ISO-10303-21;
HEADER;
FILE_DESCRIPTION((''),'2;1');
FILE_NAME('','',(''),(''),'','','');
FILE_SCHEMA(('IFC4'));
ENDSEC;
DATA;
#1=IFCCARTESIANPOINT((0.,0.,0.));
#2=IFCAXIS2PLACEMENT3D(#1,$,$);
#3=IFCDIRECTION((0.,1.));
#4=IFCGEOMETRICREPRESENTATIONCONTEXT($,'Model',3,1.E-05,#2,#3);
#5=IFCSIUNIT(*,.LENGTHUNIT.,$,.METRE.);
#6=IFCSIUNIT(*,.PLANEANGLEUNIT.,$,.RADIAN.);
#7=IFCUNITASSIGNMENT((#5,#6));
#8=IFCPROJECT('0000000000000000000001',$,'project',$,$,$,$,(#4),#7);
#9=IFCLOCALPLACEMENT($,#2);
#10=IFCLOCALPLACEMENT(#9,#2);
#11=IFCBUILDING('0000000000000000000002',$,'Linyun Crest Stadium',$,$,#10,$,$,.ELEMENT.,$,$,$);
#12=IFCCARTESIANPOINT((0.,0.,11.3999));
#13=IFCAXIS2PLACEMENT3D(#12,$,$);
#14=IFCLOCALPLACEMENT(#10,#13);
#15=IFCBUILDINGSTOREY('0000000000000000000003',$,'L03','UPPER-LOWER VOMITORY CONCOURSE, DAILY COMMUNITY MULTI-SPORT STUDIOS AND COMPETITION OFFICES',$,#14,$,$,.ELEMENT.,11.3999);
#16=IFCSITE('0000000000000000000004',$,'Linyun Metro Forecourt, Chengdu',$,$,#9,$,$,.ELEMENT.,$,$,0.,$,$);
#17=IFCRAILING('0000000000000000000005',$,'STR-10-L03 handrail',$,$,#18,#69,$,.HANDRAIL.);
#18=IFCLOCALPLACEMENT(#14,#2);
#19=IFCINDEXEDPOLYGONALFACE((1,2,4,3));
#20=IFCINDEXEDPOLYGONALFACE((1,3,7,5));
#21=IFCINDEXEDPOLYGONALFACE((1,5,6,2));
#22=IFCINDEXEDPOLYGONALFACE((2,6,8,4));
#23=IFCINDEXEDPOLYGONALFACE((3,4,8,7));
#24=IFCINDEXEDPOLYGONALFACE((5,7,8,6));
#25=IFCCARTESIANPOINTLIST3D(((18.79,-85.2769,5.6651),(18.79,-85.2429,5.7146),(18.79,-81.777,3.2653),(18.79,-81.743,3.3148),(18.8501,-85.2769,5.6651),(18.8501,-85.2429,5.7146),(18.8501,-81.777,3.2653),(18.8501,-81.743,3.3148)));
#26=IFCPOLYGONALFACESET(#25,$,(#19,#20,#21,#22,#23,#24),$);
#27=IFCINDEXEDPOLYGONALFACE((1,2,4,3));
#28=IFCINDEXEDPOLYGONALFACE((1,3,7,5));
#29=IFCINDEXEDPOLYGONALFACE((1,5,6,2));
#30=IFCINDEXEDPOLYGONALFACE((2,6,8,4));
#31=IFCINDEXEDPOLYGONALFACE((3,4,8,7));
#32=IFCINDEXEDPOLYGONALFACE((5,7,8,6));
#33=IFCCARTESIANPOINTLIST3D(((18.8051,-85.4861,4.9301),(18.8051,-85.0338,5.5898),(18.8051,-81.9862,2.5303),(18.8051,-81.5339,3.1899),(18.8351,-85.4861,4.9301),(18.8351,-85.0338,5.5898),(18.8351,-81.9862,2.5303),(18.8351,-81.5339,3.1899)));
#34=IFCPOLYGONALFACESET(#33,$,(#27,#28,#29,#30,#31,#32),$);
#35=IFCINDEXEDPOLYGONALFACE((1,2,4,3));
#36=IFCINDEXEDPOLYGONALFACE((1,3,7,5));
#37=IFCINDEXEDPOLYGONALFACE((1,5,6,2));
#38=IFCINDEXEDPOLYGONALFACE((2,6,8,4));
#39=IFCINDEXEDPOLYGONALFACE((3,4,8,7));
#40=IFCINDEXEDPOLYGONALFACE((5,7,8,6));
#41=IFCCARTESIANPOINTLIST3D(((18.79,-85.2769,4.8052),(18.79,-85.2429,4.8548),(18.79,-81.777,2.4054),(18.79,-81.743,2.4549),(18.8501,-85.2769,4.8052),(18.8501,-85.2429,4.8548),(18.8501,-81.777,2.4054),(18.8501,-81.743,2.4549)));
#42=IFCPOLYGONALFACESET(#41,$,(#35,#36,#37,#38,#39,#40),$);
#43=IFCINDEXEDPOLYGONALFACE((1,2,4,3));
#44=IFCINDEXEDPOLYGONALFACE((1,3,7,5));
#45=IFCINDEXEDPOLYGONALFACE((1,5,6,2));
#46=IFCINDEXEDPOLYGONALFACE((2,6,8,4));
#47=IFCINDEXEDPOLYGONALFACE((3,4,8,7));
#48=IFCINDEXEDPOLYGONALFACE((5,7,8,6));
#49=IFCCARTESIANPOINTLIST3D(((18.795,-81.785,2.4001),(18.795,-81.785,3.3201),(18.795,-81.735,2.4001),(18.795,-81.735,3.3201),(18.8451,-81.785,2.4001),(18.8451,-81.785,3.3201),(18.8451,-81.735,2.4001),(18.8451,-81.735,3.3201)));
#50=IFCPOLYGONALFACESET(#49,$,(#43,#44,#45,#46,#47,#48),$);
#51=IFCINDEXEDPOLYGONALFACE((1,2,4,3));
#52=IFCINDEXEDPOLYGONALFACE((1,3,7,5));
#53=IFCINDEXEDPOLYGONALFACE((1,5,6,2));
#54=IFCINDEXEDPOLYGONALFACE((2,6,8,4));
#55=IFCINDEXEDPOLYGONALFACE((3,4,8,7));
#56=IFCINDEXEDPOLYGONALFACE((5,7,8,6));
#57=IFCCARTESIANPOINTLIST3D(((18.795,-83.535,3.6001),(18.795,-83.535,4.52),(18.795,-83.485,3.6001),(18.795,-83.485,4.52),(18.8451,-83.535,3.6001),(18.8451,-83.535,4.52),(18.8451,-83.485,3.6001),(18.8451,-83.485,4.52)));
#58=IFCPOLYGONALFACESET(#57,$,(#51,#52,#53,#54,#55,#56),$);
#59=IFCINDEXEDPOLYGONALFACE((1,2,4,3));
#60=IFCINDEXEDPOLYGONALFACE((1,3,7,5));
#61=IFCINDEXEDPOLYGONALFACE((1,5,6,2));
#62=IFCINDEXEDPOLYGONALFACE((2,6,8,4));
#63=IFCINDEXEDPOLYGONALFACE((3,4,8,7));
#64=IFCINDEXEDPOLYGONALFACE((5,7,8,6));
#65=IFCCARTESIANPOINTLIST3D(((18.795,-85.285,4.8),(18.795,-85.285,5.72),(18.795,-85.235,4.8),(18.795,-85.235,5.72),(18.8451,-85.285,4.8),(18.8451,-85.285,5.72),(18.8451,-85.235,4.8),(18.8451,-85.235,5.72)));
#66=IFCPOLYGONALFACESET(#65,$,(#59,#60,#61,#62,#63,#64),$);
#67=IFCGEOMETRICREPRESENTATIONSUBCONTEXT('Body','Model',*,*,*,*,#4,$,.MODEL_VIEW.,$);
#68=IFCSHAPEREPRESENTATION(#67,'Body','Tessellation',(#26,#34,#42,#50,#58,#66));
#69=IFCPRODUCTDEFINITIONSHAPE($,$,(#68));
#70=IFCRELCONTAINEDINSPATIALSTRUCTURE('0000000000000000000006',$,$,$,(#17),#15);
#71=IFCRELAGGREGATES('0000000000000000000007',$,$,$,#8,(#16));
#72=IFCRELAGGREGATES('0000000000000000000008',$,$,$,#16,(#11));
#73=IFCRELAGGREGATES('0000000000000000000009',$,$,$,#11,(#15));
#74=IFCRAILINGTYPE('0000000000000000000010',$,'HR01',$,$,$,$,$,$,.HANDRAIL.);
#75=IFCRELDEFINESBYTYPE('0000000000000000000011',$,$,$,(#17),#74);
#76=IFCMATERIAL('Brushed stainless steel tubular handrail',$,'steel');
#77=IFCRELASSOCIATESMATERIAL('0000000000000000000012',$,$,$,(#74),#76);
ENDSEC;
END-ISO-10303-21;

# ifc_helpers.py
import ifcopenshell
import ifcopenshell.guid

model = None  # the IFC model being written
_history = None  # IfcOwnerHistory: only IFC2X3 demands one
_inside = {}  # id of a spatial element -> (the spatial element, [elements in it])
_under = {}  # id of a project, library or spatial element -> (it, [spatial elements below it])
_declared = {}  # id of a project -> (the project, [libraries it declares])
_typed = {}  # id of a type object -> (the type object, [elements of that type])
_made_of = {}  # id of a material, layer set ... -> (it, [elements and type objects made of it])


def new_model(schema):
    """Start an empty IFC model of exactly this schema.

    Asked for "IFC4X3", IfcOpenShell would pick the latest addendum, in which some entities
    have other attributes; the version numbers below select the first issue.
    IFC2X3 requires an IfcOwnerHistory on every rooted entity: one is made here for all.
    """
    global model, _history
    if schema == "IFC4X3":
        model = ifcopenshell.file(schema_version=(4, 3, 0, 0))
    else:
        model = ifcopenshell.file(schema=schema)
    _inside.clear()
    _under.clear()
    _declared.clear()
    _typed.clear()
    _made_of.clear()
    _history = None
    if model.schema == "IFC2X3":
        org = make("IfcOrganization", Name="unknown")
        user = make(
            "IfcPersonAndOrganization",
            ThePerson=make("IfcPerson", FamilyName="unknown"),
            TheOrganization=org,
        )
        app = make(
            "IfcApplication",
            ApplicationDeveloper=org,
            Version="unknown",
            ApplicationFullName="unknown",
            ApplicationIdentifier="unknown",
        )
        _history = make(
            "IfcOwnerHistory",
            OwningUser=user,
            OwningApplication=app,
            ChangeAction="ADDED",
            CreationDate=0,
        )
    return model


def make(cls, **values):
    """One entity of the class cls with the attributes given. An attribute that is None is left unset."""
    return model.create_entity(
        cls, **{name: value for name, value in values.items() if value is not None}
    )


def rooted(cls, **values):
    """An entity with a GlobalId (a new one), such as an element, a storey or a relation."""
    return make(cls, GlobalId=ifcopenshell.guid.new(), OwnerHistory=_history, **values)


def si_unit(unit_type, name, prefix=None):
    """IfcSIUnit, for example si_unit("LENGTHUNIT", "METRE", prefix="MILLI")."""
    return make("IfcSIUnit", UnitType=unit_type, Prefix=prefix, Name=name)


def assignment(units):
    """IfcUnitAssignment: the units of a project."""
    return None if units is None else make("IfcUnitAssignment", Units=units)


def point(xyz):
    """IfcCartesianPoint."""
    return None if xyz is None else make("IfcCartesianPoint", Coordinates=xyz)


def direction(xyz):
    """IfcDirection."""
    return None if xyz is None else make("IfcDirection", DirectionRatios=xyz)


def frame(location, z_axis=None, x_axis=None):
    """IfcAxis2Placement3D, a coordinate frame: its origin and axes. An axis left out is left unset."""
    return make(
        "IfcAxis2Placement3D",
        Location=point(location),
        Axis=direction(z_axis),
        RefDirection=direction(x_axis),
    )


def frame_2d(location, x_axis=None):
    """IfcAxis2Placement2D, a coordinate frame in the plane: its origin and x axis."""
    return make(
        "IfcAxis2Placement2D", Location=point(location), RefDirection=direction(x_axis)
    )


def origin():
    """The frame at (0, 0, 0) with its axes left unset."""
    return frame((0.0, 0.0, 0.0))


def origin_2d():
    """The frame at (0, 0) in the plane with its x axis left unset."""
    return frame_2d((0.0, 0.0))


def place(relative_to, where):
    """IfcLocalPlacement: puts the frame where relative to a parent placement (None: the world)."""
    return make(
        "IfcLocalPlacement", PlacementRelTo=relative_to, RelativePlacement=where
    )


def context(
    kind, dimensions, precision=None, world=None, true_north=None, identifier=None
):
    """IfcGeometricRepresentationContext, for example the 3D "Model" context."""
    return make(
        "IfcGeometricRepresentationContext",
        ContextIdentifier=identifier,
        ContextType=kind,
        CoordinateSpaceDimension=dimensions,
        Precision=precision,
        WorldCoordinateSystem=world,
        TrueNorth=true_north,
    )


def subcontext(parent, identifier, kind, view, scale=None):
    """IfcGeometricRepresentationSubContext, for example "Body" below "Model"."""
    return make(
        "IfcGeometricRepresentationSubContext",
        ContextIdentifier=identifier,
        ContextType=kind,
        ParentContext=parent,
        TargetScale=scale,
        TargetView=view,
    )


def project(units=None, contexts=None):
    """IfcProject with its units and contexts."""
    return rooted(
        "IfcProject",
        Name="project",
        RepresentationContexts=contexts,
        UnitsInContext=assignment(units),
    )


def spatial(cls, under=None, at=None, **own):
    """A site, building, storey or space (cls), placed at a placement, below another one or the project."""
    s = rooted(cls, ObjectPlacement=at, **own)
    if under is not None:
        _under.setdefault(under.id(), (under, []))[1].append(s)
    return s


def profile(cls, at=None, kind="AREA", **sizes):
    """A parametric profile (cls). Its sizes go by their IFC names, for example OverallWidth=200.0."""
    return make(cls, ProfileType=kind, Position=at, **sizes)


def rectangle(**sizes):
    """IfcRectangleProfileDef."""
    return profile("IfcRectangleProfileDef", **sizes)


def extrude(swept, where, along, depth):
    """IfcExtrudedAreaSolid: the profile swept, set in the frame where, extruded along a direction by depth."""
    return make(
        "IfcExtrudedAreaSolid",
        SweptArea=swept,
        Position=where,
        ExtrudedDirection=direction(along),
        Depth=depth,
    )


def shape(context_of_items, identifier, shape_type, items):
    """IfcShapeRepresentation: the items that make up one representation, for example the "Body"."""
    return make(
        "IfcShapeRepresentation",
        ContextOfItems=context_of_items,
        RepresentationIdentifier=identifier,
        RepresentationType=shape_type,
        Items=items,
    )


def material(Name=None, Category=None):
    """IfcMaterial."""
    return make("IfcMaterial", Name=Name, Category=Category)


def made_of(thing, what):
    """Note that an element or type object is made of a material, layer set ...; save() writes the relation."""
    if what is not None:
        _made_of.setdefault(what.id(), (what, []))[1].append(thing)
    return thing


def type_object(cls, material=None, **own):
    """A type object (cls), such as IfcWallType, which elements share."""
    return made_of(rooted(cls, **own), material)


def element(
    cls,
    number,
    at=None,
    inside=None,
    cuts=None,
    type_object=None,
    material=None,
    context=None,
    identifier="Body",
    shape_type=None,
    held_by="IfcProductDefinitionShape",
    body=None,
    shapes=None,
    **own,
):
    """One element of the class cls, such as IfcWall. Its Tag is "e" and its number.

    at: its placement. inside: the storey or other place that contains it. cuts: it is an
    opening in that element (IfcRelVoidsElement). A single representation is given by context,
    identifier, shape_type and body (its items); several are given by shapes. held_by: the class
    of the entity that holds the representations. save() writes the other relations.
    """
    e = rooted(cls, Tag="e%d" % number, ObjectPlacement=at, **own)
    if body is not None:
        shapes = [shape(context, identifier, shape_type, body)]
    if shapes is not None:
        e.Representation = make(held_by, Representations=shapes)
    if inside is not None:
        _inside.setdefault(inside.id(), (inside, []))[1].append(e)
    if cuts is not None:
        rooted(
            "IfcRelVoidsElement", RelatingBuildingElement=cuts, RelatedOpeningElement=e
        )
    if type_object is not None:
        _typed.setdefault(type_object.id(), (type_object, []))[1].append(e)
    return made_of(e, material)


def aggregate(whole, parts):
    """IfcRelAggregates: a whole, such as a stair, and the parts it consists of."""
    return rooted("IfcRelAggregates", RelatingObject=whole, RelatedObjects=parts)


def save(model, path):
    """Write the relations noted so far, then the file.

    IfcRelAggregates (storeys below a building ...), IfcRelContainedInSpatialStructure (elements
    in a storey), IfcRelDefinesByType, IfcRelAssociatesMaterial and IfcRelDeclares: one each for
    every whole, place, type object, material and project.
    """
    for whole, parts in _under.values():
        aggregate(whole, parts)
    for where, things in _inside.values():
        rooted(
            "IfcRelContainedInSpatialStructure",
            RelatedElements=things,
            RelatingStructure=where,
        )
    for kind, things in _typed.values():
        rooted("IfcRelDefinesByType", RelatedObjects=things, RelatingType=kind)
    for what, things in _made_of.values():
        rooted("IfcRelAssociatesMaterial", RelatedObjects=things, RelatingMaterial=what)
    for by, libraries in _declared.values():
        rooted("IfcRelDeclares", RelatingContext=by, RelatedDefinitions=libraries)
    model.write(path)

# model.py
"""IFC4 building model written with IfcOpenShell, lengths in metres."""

from ifc_helpers import new_model, si_unit, direction, frame, origin, origin_2d, place, context, subcontext, project, spatial, rectangle, extrude, material, type_object, element, save


model = new_model("IFC4")

# Units and contexts
model_context = context("Model", 3, precision=1e-05, world=origin(), true_north=direction((0.0, 1.0)))
body_context = subcontext(model_context, "Body", "Model", "MODEL_VIEW")
ifc_project = project(units=[si_unit("LENGTHUNIT", "METRE"), si_unit("PLANEANGLEUNIT", "RADIAN")], contexts=[model_context])

# Site, building, storey
site_placement = place(None, origin())
site = spatial("IfcSite", under=ifc_project, at=site_placement, Name="Linyun Metro Forecourt, Chengdu", CompositionType="ELEMENT", RefElevation=0.0)
building_placement = place(site_placement, origin())
building = spatial("IfcBuilding", under=site, at=building_placement, Name="Linyun Crest Stadium", CompositionType="ELEMENT")
storey_placement = place(building_placement, frame((0.0, 0.0, 11.3999)))
storey = spatial("IfcBuildingStorey", under=building, at=storey_placement, Name="L03", Description="UPPER-LOWER VOMITORY CONCOURSE, DAILY COMMUNITY MULTI-SPORT STUDIOS AND COMPETITION OFFICES", CompositionType="ELEMENT", Elevation=11.3999)

# Railing
ifc_material_1 = material(Name="Brushed stainless steel tubular handrail", Category="steel")
railing_type_1 = type_object("IfcRailingType", Name="HR01", PredefinedType="HANDRAIL", material=ifc_material_1)
railing_1_placement = place(storey_placement, frame((18.8201, -81.76, 2.4001)))
element("IfcRailing", 1, at=railing_1_placement, inside=storey, type_object=railing_type_1, Name="STR-10-L03 handrail", PredefinedType="HANDRAIL", context=body_context, shape_type="SweptSolid", body=[
    extrude(rectangle(XDim=0.0601, YDim=0.0601, at=origin_2d()), frame((0.0, 0.0, 0.8899), z_axis=(0.0, -0.82474, 0.565513), x_axis=(1.0, 0.0, 0.0)), (0.0, 0.0, 1.0), 4.2437),
    extrude(rectangle(XDim=0.03, YDim=0.7998, at=origin_2d()), frame((0.0, 0.0, 0.46), z_axis=(0.0, -0.82474, 0.565513), x_axis=(1.0, 0.0, 0.0)), (0.0, 0.0, 1.0), 4.2437),
    extrude(rectangle(XDim=0.0601, YDim=0.0601, at=origin_2d()), frame((0.0, 0.0, 0.03), z_axis=(0.0, -0.82474, 0.565513), x_axis=(1.0, 0.0, 0.0)), (0.0, 0.0, 1.0), 4.2437),
    extrude(rectangle(XDim=0.05, YDim=0.05, at=origin_2d()), origin(), (0.0, 0.0, 1.0), 0.9199),
    extrude(rectangle(XDim=0.05, YDim=0.05, at=origin_2d()), frame((0.0, -1.75, 1.2)), (0.0, 0.0, 1.0), 0.9199),
    extrude(rectangle(XDim=0.05, YDim=0.05, at=origin_2d()), frame((0.0, -3.5, 2.3999)), (0.0, 0.0, 1.0), 0.9199),
])

save(model, "model.ifc")
